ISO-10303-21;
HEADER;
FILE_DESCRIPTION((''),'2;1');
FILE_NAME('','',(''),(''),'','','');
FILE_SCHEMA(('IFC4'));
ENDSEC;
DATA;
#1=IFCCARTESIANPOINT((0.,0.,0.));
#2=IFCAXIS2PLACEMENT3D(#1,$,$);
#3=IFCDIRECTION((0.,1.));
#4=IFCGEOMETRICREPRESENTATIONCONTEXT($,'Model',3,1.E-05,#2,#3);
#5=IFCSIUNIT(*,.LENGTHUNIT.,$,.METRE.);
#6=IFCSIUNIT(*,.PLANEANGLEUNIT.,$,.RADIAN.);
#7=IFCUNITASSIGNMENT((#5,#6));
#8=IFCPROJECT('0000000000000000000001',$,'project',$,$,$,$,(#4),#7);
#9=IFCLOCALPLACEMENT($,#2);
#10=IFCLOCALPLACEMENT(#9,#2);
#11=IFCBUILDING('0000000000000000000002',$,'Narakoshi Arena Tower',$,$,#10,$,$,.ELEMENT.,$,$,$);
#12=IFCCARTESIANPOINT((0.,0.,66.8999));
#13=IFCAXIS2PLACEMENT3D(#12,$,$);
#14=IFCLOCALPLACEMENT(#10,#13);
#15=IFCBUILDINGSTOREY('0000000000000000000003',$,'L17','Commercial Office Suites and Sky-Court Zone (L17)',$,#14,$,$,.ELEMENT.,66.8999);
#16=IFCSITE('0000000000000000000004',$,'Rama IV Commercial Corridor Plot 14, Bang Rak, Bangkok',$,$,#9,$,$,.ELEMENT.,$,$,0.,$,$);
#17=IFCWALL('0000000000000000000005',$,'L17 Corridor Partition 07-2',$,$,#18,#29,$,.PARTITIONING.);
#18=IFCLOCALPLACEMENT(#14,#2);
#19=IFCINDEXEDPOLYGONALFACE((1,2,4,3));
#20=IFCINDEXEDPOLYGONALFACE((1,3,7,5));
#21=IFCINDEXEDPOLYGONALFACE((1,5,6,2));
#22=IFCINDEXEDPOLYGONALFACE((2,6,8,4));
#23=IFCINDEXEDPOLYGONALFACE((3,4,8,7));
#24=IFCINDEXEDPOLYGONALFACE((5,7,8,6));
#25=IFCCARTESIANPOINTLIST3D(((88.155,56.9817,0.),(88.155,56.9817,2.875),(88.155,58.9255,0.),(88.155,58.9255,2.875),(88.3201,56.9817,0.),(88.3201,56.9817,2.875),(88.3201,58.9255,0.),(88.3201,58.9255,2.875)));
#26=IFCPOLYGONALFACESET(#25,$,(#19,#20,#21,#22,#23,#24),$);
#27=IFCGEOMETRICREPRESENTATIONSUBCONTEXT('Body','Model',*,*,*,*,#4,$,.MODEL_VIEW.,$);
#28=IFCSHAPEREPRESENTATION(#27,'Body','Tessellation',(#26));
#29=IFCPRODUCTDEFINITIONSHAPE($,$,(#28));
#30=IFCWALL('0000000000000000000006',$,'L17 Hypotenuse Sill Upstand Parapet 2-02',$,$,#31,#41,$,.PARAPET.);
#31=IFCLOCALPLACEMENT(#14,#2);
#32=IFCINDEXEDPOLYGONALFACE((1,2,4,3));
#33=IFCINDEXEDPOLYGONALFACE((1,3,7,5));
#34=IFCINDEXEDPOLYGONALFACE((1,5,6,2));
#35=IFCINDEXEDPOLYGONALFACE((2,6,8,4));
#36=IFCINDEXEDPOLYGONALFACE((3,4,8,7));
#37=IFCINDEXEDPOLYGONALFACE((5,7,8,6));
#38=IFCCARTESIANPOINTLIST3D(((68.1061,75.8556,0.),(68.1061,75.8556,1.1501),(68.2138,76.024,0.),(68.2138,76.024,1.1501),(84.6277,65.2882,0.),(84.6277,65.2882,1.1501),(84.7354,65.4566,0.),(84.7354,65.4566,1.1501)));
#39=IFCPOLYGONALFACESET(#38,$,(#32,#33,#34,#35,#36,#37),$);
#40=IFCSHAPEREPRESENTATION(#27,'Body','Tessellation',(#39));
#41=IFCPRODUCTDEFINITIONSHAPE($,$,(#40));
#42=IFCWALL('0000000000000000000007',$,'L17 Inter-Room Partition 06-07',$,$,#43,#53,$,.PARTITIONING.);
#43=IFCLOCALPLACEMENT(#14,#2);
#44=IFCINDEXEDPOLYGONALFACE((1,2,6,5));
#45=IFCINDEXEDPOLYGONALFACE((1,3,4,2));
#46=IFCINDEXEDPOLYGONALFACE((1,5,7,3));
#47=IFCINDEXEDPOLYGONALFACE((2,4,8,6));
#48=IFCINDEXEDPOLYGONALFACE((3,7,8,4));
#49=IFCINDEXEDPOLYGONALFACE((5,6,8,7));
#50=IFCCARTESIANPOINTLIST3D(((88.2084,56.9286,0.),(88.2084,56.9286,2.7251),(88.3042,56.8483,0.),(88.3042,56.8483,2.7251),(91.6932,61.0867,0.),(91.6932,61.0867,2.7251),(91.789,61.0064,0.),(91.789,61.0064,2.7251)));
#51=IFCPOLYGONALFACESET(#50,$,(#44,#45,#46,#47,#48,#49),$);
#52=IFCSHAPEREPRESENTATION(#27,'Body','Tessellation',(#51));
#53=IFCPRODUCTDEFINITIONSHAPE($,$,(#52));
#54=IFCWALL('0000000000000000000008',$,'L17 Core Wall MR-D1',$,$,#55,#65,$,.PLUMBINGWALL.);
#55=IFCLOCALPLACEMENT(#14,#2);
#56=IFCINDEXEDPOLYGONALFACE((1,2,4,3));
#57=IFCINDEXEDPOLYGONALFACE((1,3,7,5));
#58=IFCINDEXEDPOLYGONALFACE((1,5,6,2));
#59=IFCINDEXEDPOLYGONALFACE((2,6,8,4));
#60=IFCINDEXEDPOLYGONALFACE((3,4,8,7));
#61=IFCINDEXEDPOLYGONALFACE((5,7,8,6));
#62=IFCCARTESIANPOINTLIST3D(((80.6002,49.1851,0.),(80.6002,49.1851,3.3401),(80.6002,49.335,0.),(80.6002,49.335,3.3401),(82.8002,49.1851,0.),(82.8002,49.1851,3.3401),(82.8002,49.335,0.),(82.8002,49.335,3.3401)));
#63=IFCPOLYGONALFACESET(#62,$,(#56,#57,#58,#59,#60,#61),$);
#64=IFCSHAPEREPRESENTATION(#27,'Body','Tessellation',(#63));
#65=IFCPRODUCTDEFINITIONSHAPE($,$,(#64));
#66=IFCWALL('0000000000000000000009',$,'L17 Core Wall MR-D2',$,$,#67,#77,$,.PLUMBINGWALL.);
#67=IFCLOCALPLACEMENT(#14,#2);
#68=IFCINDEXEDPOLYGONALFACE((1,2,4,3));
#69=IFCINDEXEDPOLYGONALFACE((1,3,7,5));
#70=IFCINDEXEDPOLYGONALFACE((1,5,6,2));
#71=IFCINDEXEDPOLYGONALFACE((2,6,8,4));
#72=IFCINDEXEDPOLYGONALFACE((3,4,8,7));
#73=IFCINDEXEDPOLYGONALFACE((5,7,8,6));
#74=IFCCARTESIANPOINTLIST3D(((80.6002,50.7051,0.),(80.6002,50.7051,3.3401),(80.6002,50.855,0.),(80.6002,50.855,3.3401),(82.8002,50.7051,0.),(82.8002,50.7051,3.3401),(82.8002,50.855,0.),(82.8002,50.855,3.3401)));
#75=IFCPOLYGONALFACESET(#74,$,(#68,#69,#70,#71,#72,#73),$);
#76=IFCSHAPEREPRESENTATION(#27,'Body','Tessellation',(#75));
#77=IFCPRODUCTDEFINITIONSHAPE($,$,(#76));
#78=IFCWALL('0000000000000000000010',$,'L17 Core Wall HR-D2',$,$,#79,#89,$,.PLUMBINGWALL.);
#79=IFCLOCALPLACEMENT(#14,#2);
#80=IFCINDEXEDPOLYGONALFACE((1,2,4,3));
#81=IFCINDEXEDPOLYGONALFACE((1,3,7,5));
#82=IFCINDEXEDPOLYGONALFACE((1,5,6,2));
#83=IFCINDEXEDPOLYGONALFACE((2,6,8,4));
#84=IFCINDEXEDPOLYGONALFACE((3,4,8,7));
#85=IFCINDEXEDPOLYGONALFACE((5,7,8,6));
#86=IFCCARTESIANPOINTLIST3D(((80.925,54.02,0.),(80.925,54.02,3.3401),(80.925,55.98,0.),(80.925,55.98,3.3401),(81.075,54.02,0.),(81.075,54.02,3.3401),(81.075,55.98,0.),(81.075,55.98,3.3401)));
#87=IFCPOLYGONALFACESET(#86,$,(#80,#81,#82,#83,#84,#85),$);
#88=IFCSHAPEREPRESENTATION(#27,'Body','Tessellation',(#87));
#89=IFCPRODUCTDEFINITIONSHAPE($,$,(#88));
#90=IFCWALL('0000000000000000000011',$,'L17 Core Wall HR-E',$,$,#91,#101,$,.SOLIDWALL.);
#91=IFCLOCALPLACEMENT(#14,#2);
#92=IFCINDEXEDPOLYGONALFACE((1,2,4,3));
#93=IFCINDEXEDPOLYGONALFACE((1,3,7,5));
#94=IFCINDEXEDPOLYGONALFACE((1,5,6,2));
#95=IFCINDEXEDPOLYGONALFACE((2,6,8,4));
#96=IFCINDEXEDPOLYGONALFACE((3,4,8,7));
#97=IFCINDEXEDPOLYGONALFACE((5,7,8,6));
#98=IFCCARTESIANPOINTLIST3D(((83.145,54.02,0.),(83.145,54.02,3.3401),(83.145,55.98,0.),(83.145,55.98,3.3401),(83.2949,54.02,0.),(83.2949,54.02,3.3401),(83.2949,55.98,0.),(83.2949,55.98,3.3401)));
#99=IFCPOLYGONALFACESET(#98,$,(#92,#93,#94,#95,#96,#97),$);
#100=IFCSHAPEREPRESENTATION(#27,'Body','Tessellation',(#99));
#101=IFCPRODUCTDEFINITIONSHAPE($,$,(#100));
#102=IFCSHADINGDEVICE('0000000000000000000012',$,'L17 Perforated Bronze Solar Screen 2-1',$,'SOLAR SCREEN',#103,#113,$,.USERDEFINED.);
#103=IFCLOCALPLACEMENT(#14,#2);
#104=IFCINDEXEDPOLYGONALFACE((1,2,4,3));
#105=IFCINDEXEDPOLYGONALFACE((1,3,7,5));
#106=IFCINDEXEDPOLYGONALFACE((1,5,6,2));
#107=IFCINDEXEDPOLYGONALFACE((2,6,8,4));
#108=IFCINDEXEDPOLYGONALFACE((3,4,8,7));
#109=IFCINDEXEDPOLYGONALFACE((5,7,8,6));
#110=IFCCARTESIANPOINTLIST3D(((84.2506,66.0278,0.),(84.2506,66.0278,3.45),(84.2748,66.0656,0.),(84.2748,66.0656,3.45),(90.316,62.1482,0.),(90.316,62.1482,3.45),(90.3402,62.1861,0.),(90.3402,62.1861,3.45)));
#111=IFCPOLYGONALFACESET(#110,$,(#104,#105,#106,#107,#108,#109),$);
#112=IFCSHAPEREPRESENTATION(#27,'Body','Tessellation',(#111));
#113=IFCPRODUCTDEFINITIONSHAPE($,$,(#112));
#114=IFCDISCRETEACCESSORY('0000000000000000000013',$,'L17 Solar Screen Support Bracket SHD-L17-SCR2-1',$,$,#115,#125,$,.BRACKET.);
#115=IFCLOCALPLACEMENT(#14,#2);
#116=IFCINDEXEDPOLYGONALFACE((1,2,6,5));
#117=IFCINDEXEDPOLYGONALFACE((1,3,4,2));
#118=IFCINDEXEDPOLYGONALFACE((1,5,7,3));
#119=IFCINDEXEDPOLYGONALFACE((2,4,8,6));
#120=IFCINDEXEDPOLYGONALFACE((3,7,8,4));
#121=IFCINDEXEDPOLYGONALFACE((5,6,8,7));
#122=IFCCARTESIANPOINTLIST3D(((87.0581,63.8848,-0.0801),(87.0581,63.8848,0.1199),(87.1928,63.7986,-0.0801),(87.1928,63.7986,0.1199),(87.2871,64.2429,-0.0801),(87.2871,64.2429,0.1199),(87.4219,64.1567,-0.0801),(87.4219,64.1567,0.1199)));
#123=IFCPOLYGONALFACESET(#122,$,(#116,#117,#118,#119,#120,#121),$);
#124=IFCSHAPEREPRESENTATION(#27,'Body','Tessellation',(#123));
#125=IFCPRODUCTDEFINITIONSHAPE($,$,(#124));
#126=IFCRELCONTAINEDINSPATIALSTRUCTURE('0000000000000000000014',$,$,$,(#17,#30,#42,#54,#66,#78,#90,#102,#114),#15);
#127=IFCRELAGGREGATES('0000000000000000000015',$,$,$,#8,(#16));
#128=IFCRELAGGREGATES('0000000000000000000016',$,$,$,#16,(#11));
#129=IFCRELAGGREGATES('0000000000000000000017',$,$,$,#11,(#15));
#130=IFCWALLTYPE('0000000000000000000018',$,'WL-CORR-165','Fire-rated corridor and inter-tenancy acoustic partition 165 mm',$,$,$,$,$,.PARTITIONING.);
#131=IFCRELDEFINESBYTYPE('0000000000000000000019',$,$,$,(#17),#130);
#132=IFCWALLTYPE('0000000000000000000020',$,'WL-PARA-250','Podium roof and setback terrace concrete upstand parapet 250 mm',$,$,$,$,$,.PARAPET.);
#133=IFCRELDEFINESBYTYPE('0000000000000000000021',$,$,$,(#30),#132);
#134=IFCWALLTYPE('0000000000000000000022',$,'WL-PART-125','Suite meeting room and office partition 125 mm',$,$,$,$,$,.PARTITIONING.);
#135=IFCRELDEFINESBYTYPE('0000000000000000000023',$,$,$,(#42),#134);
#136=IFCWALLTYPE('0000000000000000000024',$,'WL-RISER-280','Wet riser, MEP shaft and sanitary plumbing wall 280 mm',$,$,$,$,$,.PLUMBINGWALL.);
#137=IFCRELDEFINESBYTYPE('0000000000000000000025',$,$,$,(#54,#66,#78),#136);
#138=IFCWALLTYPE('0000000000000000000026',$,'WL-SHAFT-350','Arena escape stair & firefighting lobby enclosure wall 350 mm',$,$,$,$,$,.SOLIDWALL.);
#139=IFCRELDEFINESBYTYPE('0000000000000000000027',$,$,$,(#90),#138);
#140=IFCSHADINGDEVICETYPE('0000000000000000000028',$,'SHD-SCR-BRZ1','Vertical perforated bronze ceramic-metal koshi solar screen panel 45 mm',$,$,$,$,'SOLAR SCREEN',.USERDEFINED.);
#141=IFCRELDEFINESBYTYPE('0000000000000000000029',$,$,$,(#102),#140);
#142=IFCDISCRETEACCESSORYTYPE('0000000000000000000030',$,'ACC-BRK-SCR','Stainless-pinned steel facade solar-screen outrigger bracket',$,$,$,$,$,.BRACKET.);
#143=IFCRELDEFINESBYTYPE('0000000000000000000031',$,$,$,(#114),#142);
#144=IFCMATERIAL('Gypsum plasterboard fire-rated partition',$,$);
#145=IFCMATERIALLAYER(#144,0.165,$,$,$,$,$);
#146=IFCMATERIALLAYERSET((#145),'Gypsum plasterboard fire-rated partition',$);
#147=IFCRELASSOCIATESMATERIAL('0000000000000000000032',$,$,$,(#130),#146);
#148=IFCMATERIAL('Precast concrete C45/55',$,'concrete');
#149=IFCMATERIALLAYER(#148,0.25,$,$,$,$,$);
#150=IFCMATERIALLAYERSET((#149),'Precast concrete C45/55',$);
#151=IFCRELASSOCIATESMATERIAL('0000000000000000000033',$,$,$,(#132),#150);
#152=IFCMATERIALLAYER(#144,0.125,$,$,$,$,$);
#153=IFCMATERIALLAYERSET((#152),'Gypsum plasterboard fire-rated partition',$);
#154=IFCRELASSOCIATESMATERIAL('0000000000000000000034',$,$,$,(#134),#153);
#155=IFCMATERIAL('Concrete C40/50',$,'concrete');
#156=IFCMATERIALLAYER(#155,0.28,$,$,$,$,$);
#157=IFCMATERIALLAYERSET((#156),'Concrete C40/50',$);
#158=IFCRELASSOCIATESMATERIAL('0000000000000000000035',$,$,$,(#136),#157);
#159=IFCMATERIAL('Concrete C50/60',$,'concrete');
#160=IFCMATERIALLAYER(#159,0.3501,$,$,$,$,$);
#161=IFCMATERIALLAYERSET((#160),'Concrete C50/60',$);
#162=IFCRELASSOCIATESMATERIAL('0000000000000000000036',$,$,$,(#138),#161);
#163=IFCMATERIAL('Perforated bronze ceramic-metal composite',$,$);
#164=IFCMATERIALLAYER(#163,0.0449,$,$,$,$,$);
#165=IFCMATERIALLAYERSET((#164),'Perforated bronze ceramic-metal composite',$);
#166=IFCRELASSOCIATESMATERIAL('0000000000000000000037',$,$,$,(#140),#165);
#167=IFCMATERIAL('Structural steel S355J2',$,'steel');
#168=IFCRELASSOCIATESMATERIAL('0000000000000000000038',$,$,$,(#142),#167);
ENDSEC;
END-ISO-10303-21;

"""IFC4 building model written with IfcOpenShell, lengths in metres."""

from ifc_helpers import new_model, si_unit, direction, frame, frame_2d, origin, origin_2d, place, context, subcontext, project, spatial, rectangle, extrude, material, layer, layer_set, type_object, element, save


model = new_model("IFC4")

# Units and contexts
model_context = context("Model", 3, precision=1e-05, world=origin(), true_north=direction((0.0, 1.0)))
body_context = subcontext(model_context, "Body", "Model", "MODEL_VIEW")
ifc_project = project(units=[si_unit("LENGTHUNIT", "METRE"), si_unit("PLANEANGLEUNIT", "RADIAN")], contexts=[model_context])

# Site, building, storey
site_placement = place(None, origin())
site = spatial("IfcSite", under=ifc_project, at=site_placement, Name="Rama IV Commercial Corridor Plot 14, Bang Rak, Bangkok", CompositionType="ELEMENT", RefElevation=0.0)
building_placement = place(site_placement, origin())
building = spatial("IfcBuilding", under=site, at=building_placement, Name="Narakoshi Arena Tower", CompositionType="ELEMENT")
storey_placement = place(building_placement, frame((0.0, 0.0, 66.8999)))
storey = spatial("IfcBuildingStorey", under=building, at=storey_placement, Name="L17", Description="Commercial Office Suites and Sky-Court Zone (L17)", CompositionType="ELEMENT", Elevation=66.8999)

# Shared definitions
ifc_material_1 = material(Name="Structural steel S355J2", Category="steel")

# Shared definitions
ifc_material_2 = material(Name="Gypsum plasterboard fire-rated partition")
ifc_layer_1 = layer(ifc_material_2, 0.165)
ifc_layer_set_1 = layer_set([ifc_layer_1], Name="Gypsum plasterboard fire-rated partition")
wall_type_1 = type_object("IfcWallType", Name="WL-CORR-165", Description="Fire-rated corridor and inter-tenancy acoustic partition 165 mm", PredefinedType="PARTITIONING", material=ifc_layer_set_1)

# Walls
wall_1_placement = place(storey_placement, frame((88.2375, 56.9817, 0.0), z_axis=(0.0, 0.0, 1.0), x_axis=(0.0, 1.0, 0.0)))
element("IfcWall", 1, at=wall_1_placement, inside=storey, type_object=wall_type_1, Name="L17 Corridor Partition 07-2", PredefinedType="PARTITIONING", context=body_context, shape_type="SweptSolid", body=[
    extrude(rectangle(XDim=1.9438, YDim=0.165, at=frame_2d((0.9719, 0.0))), origin(), (0.0, 0.0, 1.0), 2.875),
])
ifc_material_3 = material(Name="Precast concrete C45/55", Category="concrete")
ifc_layer_2 = layer(ifc_material_3, 0.25)
ifc_layer_set_2 = layer_set([ifc_layer_2], Name="Precast concrete C45/55")
wall_type_2 = type_object("IfcWallType", Name="WL-PARA-250", Description="Podium roof and setback terrace concrete upstand parapet 250 mm", PredefinedType="PARAPET", material=ifc_layer_set_2)
wall_2_placement = place(storey_placement, frame((84.6816, 65.3723, 0.0), z_axis=(0.0, 0.0, 1.0), x_axis=(-0.842419, 0.538823, 0.0)))
element("IfcWall", 2, at=wall_2_placement, inside=storey, type_object=wall_type_2, Name="L17 Hypotenuse Sill Upstand Parapet 2-02", PredefinedType="PARAPET", context=body_context, shape_type="SweptSolid", body=[
    extrude(rectangle(XDim=19.6121, YDim=0.2, at=frame_2d((9.8062, 0.0))), origin(), (0.0, 0.0, 1.0), 1.1501),
])
ifc_layer_3 = layer(ifc_material_2, 0.125)
ifc_layer_set_3 = layer_set([ifc_layer_3], Name="Gypsum plasterboard fire-rated partition")
wall_type_3 = type_object("IfcWallType", Name="WL-PART-125", Description="Suite meeting room and office partition 125 mm", PredefinedType="PARTITIONING", material=ifc_layer_set_3)
wall_3_placement = place(storey_placement, frame((88.2563, 56.8884, 0.0), z_axis=(0.0, 0.0, 1.0), x_axis=(0.642324, 0.766433, 0.0)))
element("IfcWall", 3, at=wall_3_placement, inside=storey, type_object=wall_type_3, Name="L17 Inter-Room Partition 06-07", PredefinedType="PARTITIONING", context=body_context, shape_type="SweptSolid", body=[
    extrude(rectangle(XDim=5.4253, YDim=0.125, at=frame_2d((2.7126, 0.0))), origin(), (0.0, 0.0, 1.0), 2.7251),
])
ifc_material_4 = material(Name="Concrete C40/50", Category="concrete")
ifc_layer_4 = layer(ifc_material_4, 0.28)
ifc_layer_set_4 = layer_set([ifc_layer_4], Name="Concrete C40/50")
wall_type_4 = type_object("IfcWallType", Name="WL-RISER-280", Description="Wet riser, MEP shaft and sanitary plumbing wall 280 mm", PredefinedType="PLUMBINGWALL", material=ifc_layer_set_4)
for number, where, z_axis, x_axis, name in (
    (4, (80.6001, 49.26, 0.0), (0.0, 0.0, 1.0), (1.0, 0.0, 0.0), "L17 Core Wall MR-D1"),
    (5, (80.6001, 50.78, 0.0), (0.0, 0.0, 1.0), (1.0, 0.0, 0.0), "L17 Core Wall MR-D2"),
):
    element("IfcWall", number, at=place(storey_placement, frame(where, z_axis=z_axis, x_axis=x_axis)), inside=storey, type_object=wall_type_4, Name=name, PredefinedType="PLUMBINGWALL", context=body_context, shape_type="SweptSolid", body=[
        extrude(rectangle(XDim=2.2, YDim=0.1499, at=frame_2d((1.1001, 0.0))), origin(), (0.0, 0.0, 1.0), 3.3401),
    ])
wall_4_placement = place(storey_placement, frame((81.0, 54.02, 0.0), z_axis=(0.0, 0.0, 1.0), x_axis=(0.0, 1.0, 0.0)))
element("IfcWall", 6, at=wall_4_placement, inside=storey, type_object=wall_type_4, Name="L17 Core Wall HR-D2", PredefinedType="PLUMBINGWALL", context=body_context, shape_type="SweptSolid", body=[
    extrude(rectangle(XDim=1.96, YDim=0.1499, at=frame_2d((0.98, 0.0))), origin(), (0.0, 0.0, 1.0), 3.3401),
])
ifc_material_5 = material(Name="Concrete C50/60", Category="concrete")
ifc_layer_5 = layer(ifc_material_5, 0.3501)
ifc_layer_set_5 = layer_set([ifc_layer_5], Name="Concrete C50/60")
wall_type_5 = type_object("IfcWallType", Name="WL-SHAFT-350", Description="Arena escape stair & firefighting lobby enclosure wall 350 mm", PredefinedType="SOLIDWALL", material=ifc_layer_set_5)
wall_5_placement = place(storey_placement, frame((83.22, 54.02, 0.0), z_axis=(0.0, 0.0, 1.0), x_axis=(0.0, 1.0, 0.0)))
element("IfcWall", 7, at=wall_5_placement, inside=storey, type_object=wall_type_5, Name="L17 Core Wall HR-E", PredefinedType="SOLIDWALL", context=body_context, shape_type="SweptSolid", body=[
    extrude(rectangle(XDim=1.96, YDim=0.1499, at=frame_2d((0.98, 0.0))), origin(), (0.0, 0.0, 1.0), 3.3401),
])

# Shading device
ifc_material_6 = material(Name="Perforated bronze ceramic-metal composite")
ifc_layer_6 = layer(ifc_material_6, 0.0449)
ifc_layer_set_6 = layer_set([ifc_layer_6], Name="Perforated bronze ceramic-metal composite")
shading_device_type = type_object("IfcShadingDeviceType", Name="SHD-SCR-BRZ1", Description="Vertical perforated bronze ceramic-metal koshi solar screen panel 45 mm", ElementType="SOLAR SCREEN", PredefinedType="USERDEFINED", material=ifc_layer_set_6)
shading_device_placement = place(storey_placement, frame((87.2954, 64.1069, 0.0), z_axis=(0.0, 0.0, 1.0), x_axis=(-0.842415, 0.53883, 0.0)))
element("IfcShadingDevice", 8, at=shading_device_placement, inside=storey, type_object=shading_device_type, Name="L17 Perforated Bronze Solar Screen 2-1", ObjectType="SOLAR SCREEN", PredefinedType="USERDEFINED", context=body_context, shape_type="SweptSolid", body=[
    extrude(rectangle(XDim=7.2, YDim=0.0449, at=origin_2d()), origin(), (0.0, 0.0, 1.0), 3.45),
])

# Discrete accessory
discrete_accessory_type = type_object("IfcDiscreteAccessoryType", Name="ACC-BRK-SCR", Description="Stainless-pinned steel facade solar-screen outrigger bracket", PredefinedType="BRACKET", material=ifc_material_1)
discrete_accessory_placement = place(storey_placement, frame((87.24, 64.0208, -0.0801), z_axis=(0.0, 0.0, 1.0), x_axis=(-0.842415, 0.53883, 0.0)))
element("IfcDiscreteAccessory", 9, at=discrete_accessory_placement, inside=storey, type_object=discrete_accessory_type, Name="L17 Solar Screen Support Bracket SHD-L17-SCR2-1", PredefinedType="BRACKET", context=body_context, shape_type="SweptSolid", body=[
    extrude(rectangle(XDim=0.1599, YDim=0.425, at=origin_2d()), origin(), (0.0, 0.0, 1.0), 0.2),
])

save(model, "model.ifc")
